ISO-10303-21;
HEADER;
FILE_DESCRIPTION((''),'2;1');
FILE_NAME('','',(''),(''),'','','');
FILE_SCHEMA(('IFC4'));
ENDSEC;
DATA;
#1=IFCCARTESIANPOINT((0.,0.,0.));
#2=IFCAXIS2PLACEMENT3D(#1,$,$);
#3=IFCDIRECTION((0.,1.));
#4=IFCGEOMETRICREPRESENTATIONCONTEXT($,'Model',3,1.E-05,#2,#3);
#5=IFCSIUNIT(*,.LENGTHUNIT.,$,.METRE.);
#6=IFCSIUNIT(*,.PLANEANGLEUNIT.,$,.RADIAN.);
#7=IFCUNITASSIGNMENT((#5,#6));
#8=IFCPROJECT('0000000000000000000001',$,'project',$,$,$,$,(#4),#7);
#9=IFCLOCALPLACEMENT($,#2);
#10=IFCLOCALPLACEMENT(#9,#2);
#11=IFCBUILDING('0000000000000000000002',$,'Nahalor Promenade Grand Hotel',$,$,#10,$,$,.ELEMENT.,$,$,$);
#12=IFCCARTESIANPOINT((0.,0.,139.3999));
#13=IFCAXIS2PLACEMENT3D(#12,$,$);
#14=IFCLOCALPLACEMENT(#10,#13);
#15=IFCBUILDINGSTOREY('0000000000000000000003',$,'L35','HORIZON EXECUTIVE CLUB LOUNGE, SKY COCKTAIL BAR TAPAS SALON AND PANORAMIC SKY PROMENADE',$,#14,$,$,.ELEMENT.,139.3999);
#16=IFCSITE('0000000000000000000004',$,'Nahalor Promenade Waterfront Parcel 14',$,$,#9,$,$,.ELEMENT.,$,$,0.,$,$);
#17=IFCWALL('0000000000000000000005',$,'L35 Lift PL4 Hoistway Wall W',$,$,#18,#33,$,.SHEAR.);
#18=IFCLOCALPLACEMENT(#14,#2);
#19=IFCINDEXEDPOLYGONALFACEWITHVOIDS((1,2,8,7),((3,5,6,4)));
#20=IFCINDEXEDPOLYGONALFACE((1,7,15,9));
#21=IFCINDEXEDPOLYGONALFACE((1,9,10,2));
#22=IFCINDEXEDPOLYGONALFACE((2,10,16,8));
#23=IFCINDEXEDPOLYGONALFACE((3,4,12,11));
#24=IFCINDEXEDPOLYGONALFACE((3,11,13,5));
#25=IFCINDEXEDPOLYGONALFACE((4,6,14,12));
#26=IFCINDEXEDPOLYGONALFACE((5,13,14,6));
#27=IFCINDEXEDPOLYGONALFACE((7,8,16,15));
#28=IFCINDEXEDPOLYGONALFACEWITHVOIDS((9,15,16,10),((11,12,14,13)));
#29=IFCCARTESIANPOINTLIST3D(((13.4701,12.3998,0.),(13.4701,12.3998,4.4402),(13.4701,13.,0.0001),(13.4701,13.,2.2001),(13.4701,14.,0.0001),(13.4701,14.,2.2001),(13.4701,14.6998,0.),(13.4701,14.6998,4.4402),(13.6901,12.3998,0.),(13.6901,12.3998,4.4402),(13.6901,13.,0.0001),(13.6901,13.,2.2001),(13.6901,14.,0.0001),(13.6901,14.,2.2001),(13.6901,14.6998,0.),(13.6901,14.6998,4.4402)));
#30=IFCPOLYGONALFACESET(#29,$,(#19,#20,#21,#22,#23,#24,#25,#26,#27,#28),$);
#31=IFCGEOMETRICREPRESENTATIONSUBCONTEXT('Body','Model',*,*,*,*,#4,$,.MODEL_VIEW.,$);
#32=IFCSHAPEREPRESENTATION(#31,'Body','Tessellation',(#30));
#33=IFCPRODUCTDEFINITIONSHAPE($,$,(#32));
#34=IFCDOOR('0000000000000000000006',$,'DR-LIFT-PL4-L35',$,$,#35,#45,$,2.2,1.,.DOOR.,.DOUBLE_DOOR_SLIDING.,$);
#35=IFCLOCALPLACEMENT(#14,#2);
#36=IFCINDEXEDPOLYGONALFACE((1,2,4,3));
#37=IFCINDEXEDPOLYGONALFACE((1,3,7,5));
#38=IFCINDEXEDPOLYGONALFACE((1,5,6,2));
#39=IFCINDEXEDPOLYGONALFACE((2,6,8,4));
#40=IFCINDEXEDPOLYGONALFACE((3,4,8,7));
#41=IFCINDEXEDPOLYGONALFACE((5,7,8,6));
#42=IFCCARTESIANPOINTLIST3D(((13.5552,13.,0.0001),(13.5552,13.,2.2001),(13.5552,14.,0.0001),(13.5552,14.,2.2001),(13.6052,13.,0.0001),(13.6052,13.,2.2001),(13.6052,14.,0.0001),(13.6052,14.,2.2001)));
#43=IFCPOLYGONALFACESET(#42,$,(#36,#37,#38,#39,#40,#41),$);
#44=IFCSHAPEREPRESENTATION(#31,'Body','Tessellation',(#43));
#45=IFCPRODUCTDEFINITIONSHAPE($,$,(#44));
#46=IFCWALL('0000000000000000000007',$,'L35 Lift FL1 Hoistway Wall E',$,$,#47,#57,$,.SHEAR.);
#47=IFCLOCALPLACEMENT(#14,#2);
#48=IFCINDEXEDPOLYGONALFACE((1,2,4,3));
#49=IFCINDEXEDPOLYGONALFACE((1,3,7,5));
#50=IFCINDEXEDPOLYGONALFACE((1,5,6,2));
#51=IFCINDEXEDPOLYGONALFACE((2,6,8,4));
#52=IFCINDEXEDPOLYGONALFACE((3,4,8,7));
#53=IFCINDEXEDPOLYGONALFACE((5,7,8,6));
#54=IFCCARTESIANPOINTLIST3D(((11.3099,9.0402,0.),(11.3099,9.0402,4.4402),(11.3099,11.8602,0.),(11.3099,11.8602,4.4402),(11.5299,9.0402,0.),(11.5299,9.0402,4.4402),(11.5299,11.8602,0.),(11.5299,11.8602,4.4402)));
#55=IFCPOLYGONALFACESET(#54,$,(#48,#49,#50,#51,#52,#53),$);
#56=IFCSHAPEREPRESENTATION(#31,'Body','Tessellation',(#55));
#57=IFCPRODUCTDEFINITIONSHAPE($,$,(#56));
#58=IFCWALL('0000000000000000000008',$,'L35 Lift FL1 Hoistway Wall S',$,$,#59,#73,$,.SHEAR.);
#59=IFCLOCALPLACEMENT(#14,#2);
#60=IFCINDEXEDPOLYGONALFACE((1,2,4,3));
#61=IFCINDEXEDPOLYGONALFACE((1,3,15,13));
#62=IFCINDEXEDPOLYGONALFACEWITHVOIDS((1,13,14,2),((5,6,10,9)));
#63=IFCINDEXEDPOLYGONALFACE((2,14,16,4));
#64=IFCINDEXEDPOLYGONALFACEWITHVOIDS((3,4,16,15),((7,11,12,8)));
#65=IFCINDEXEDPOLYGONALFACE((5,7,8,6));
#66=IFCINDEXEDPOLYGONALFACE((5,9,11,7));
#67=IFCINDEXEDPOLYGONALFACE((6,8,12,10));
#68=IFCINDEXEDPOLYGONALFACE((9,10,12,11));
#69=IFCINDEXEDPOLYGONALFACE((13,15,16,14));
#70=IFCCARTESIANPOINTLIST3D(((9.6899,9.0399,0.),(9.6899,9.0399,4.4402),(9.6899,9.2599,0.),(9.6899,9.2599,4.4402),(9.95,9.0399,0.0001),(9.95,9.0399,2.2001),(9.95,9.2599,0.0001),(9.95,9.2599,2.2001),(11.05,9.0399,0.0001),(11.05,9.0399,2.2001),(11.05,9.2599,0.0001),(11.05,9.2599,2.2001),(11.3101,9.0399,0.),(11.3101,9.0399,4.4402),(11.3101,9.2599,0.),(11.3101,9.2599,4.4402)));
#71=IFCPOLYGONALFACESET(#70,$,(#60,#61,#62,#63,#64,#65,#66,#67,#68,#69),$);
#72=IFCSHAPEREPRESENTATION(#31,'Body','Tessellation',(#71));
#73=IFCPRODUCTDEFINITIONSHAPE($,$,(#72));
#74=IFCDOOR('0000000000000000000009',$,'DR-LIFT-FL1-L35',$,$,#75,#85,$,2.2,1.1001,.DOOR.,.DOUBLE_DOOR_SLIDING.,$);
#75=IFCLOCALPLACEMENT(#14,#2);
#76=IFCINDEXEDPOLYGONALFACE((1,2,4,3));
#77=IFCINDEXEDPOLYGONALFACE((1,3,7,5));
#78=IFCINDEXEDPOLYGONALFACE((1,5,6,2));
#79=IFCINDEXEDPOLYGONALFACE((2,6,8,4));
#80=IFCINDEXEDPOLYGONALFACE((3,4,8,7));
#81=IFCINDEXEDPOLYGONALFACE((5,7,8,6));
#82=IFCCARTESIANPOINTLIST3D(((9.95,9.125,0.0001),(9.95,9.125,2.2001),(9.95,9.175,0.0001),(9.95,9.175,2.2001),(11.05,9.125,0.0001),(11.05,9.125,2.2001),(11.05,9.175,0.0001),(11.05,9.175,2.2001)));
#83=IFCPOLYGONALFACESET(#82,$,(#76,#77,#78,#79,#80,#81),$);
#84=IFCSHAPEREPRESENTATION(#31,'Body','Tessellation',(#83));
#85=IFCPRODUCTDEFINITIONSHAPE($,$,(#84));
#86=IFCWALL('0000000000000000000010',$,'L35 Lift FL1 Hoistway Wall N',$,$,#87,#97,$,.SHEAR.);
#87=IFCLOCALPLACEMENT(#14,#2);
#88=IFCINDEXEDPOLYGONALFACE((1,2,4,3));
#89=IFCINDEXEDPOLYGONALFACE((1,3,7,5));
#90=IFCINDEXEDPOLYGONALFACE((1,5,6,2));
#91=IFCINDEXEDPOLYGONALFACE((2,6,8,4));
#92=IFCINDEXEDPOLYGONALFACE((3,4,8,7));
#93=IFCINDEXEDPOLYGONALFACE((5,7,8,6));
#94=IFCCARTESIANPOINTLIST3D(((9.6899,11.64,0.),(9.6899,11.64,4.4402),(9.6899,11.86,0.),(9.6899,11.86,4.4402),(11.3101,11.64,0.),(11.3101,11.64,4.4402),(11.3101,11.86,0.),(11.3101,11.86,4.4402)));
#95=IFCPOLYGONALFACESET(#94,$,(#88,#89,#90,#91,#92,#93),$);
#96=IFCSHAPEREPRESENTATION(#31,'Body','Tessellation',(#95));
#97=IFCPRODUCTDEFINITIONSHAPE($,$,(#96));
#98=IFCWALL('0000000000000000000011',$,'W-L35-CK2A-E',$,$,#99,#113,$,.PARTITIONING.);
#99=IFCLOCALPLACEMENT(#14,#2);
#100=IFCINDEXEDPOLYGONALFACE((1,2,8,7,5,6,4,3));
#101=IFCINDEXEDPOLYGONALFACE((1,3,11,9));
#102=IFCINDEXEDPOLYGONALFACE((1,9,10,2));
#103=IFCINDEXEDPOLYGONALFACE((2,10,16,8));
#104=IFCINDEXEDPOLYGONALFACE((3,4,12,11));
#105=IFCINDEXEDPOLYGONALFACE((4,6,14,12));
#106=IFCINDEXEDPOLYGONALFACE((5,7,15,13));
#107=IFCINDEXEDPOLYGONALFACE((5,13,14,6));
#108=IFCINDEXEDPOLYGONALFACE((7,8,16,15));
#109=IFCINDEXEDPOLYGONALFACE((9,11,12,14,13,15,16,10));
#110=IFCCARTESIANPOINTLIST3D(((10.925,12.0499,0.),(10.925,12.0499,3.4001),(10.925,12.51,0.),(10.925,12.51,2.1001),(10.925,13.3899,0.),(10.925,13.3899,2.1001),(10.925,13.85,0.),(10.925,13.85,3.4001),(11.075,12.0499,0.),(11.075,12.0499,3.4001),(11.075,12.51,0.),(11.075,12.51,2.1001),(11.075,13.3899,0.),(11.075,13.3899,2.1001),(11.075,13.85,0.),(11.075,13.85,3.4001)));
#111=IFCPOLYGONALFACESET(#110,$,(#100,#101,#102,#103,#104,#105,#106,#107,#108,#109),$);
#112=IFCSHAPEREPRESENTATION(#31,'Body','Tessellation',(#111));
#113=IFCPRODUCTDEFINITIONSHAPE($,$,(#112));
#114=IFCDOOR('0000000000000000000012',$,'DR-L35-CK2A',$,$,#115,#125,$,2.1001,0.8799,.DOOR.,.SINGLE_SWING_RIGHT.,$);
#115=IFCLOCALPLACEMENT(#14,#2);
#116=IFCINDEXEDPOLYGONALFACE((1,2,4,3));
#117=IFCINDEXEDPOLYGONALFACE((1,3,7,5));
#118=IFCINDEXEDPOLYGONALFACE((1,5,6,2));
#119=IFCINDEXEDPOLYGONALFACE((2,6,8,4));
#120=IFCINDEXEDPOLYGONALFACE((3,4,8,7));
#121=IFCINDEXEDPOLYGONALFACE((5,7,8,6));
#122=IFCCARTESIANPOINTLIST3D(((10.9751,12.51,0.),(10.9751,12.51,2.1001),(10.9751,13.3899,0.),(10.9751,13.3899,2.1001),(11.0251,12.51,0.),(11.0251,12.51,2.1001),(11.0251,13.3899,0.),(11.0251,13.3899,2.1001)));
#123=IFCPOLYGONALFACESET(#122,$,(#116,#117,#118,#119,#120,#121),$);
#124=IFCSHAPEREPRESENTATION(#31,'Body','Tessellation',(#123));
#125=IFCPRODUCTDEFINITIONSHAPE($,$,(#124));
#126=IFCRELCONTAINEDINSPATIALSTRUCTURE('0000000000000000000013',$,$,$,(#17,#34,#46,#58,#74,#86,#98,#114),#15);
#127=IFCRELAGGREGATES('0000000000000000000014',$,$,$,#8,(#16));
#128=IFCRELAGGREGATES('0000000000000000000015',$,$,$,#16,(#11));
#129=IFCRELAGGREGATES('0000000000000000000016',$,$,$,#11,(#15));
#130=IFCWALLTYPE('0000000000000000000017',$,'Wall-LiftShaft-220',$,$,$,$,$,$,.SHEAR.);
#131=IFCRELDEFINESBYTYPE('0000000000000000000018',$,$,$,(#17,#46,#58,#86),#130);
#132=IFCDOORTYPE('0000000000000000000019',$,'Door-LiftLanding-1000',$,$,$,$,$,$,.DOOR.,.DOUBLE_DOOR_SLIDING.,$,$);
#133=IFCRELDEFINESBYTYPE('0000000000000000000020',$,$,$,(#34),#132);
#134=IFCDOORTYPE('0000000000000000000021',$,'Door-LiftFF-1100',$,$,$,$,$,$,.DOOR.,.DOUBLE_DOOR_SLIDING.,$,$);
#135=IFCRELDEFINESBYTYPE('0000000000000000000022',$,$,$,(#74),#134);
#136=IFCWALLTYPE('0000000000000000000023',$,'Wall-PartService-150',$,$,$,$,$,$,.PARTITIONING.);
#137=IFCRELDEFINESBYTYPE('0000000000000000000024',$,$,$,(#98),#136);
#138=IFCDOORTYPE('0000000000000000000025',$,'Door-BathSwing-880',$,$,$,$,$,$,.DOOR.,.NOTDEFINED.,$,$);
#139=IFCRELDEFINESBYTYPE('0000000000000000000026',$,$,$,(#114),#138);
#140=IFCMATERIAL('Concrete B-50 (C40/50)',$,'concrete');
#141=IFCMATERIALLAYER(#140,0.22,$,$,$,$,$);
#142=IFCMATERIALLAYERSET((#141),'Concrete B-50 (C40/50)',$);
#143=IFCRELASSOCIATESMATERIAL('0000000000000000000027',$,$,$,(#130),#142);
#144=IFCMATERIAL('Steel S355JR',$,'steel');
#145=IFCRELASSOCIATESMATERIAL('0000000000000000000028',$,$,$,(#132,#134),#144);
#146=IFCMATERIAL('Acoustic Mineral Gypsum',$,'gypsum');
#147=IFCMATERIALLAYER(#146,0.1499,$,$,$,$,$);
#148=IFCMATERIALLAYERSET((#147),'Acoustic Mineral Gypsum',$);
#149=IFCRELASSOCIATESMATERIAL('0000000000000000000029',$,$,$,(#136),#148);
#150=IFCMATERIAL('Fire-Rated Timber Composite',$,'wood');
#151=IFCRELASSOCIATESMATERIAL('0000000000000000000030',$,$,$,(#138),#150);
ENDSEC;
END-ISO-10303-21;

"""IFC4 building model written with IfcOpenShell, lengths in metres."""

from ifc_helpers import new_model, si_unit, direction, frame, frame_2d, origin, place, context, subcontext, project, spatial, rectangle, extrude, source, transform, mapped, material, layer, layer_set, type_object, element, fill, save


model = new_model("IFC4")

# Units and contexts
model_context = context("Model", 3, precision=1e-05, world=origin(), true_north=direction((0.0, 1.0)))
body_context = subcontext(model_context, "Body", "Model", "MODEL_VIEW")
ifc_project = project(units=[si_unit("LENGTHUNIT", "METRE"), si_unit("PLANEANGLEUNIT", "RADIAN")], contexts=[model_context])

# Site, building, storey
site_placement = place(None, origin())
site = spatial("IfcSite", under=ifc_project, at=site_placement, Name="Nahalor Promenade Waterfront Parcel 14", CompositionType="ELEMENT", RefElevation=0.0)
building_placement = place(site_placement, origin())
building = spatial("IfcBuilding", under=site, at=building_placement, Name="Nahalor Promenade Grand Hotel", CompositionType="ELEMENT")
storey_placement = place(building_placement, frame((0.0, 0.0, 139.3999)))
storey = spatial("IfcBuildingStorey", under=building, at=storey_placement, Name="L35", Description="HORIZON EXECUTIVE CLUB LOUNGE, SKY COCKTAIL BAR TAPAS SALON AND PANORAMIC SKY PROMENADE", CompositionType="ELEMENT", Elevation=139.3999)

# Shared definitions
ifc_material_1 = material(Name="Concrete B-50 (C40/50)", Category="concrete")
ifc_layer_1 = layer(ifc_material_1, 0.22)
ifc_layer_set_1 = layer_set([ifc_layer_1], Name="Concrete B-50 (C40/50)")
wall_type_1 = type_object("IfcWallType", Name="Wall-LiftShaft-220", PredefinedType="SHEAR", material=ifc_layer_set_1)

# Shared definitions
ifc_material_2 = material(Name="Steel S355JR", Category="steel")
door_type_1 = type_object("IfcDoorType", Name="Door-LiftLanding-1000", OperationType="DOUBLE_DOOR_SLIDING", PredefinedType="DOOR", material=ifc_material_2)
shared_shape_1 = source(origin(), body_context, "Body", "SweptSolid", [
    extrude(rectangle(XDim=1.0, YDim=2.2, at=frame_2d((0.5, 1.1001))), frame((0.0, 0.0249, 0.0), z_axis=(0.0, -1.0, 0.0), x_axis=(1.0, 0.0, 0.0)), (0.0, 0.0, 1.0), 0.05),
])

# Wall, opening, door
shared_shape_2 = source(origin(), body_context, "Body", "SweptSolid", [
    extrude(rectangle(XDim=2.3, YDim=0.22, at=frame_2d((1.1499, 0.0))), origin(), (0.0, 0.0, 1.0), 4.4402),
])
wall_1_placement = place(storey_placement, frame((13.5801, 12.3999, 0.0), z_axis=(0.0, 0.0, 1.0), x_axis=(0.0, 1.0, 0.0)))
wall_1 = element("IfcWall", 1, at=wall_1_placement, inside=storey, type_object=wall_type_1, Name="L35 Lift PL4 Hoistway Wall W", PredefinedType="SHEAR", context=body_context, shape_type="MappedRepresentation", body=[
    mapped(shared_shape_2, transform((0.0, 0.0, 0.0), scale=1.0)),
])
opening_1_placement = place(wall_1_placement, frame((0.6001, 0.0, 0.0)))
opening_1 = element("IfcOpeningElement", 2, at=opening_1_placement, cuts=wall_1, PredefinedType="OPENING", context=body_context, shape_type="SweptSolid", body=[
    extrude(rectangle(XDim=1.0, YDim=2.2, at=frame_2d((0.5, 1.1001))), frame((0.0, 0.1199, 0.0), z_axis=(0.0, -1.0, 0.0), x_axis=(1.0, 0.0, 0.0)), (0.0, 0.0, 1.0), 0.24),
])
door_1_placement = place(opening_1_placement, origin())
door_1 = element("IfcDoor", 3, at=door_1_placement, inside=storey, type_object=door_type_1, Name="DR-LIFT-PL4-L35", OperationType="DOUBLE_DOOR_SLIDING", OverallHeight=2.2, OverallWidth=1.0, PredefinedType="DOOR", context=body_context, shape_type="MappedRepresentation", body=[
    mapped(shared_shape_1, transform((0.0, 0.0, 0.0), scale=1.0)),
])
fill(opening_1, door_1)

# Wall
shared_shape_3 = source(origin(), body_context, "Body", "SweptSolid", [
    extrude(rectangle(XDim=2.8201, YDim=0.22, at=frame_2d((1.4102, 0.0))), origin(), (0.0, 0.0, 1.0), 4.4402),
])
wall_2_placement = place(storey_placement, frame((11.4199, 9.04, 0.0), z_axis=(0.0, 0.0, 1.0), x_axis=(0.0, 1.0, 0.0)))
element("IfcWall", 4, at=wall_2_placement, inside=storey, type_object=wall_type_1, Name="L35 Lift FL1 Hoistway Wall E", PredefinedType="SHEAR", context=body_context, shape_type="MappedRepresentation", body=[
    mapped(shared_shape_3, transform((0.0, 0.0, 0.0), scale=1.0)),
])

# Wall, opening, door
shared_shape_4 = source(origin(), body_context, "Body", "SweptSolid", [
    extrude(rectangle(XDim=1.6201, YDim=0.22, at=frame_2d((0.8101, 0.0))), origin(), (0.0, 0.0, 1.0), 4.4402),
])
wall_3_placement = place(storey_placement, frame((9.6899, 9.1499, 0.0), z_axis=(0.0, 0.0, 1.0), x_axis=(1.0, 0.0, 0.0)))
wall_3 = element("IfcWall", 5, at=wall_3_placement, inside=storey, type_object=wall_type_1, Name="L35 Lift FL1 Hoistway Wall S", PredefinedType="SHEAR", context=body_context, shape_type="MappedRepresentation", body=[
    mapped(shared_shape_4, transform((0.0, 0.0, 0.0), scale=1.0)),
])
opening_2_placement = place(wall_3_placement, frame((0.26, 0.0, 0.0)))
opening_2 = element("IfcOpeningElement", 6, at=opening_2_placement, cuts=wall_3, PredefinedType="OPENING", context=body_context, shape_type="SweptSolid", body=[
    extrude(rectangle(XDim=1.1001, YDim=2.2, at=frame_2d((0.55, 1.1001))), frame((0.0, 0.1199, 0.0), z_axis=(0.0, -1.0, 0.0), x_axis=(1.0, 0.0, 0.0)), (0.0, 0.0, 1.0), 0.24),
])
door_type_2 = type_object("IfcDoorType", Name="Door-LiftFF-1100", OperationType="DOUBLE_DOOR_SLIDING", PredefinedType="DOOR", material=ifc_material_2)
shared_shape_5 = source(origin(), body_context, "Body", "SweptSolid", [
    extrude(rectangle(XDim=1.1001, YDim=2.2, at=frame_2d((0.55, 1.1001))), frame((0.0, 0.0249, 0.0), z_axis=(0.0, -1.0, 0.0), x_axis=(1.0, 0.0, 0.0)), (0.0, 0.0, 1.0), 0.05),
])
door_2_placement = place(opening_2_placement, frame((1.1001, 0.0, 0.0), z_axis=(0.0, 0.0, 1.0), x_axis=(-1.0, 0.0, 0.0)))
door_2 = element("IfcDoor", 7, at=door_2_placement, inside=storey, type_object=door_type_2, Name="DR-LIFT-FL1-L35", OperationType="DOUBLE_DOOR_SLIDING", OverallHeight=2.2, OverallWidth=1.1001, PredefinedType="DOOR", context=body_context, shape_type="MappedRepresentation", body=[
    mapped(shared_shape_5, transform((0.0, 0.0, 0.0), scale=1.0)),
])
fill(opening_2, door_2)

# Wall
wall_4_placement = place(storey_placement, frame((9.6899, 11.75, 0.0), z_axis=(0.0, 0.0, 1.0), x_axis=(1.0, 0.0, 0.0)))
element("IfcWall", 8, at=wall_4_placement, inside=storey, type_object=wall_type_1, Name="L35 Lift FL1 Hoistway Wall N", PredefinedType="SHEAR", context=body_context, shape_type="MappedRepresentation", body=[
    mapped(shared_shape_4, transform((0.0, 0.0, 0.0), scale=1.0)),
])

# Wall, opening, door
ifc_material_3 = material(Name="Acoustic Mineral Gypsum", Category="gypsum")
ifc_layer_2 = layer(ifc_material_3, 0.1499)
ifc_layer_set_2 = layer_set([ifc_layer_2], Name="Acoustic Mineral Gypsum")
wall_type_2 = type_object("IfcWallType", Name="Wall-PartService-150", PredefinedType="PARTITIONING", material=ifc_layer_set_2)
shared_shape_6 = source(origin(), body_context, "Body", "SweptSolid", [
    extrude(rectangle(XDim=1.8, YDim=0.1499, at=frame_2d((0.8999, 0.0))), origin(), (0.0, 0.0, 1.0), 3.4001),
])
wall_5_placement = place(storey_placement, frame((11.0, 12.05, 0.0), z_axis=(0.0, 0.0, 1.0), x_axis=(0.0, 1.0, 0.0)))
wall_5 = element("IfcWall", 9, at=wall_5_placement, inside=storey, type_object=wall_type_2, Name="W-L35-CK2A-E", PredefinedType="PARTITIONING", context=body_context, shape_type="MappedRepresentation", body=[
    mapped(shared_shape_6, transform((0.0, 0.0, 0.0), scale=1.0)),
])
opening_3_placement = place(wall_5_placement, frame((0.46, 0.0, 0.0)))
opening_3 = element("IfcOpeningElement", 10, at=opening_3_placement, cuts=wall_5, PredefinedType="OPENING", context=body_context, shape_type="SweptSolid", body=[
    extrude(rectangle(XDim=0.8799, YDim=2.1001, at=frame_2d((0.4399, 1.05))), frame((0.0, 0.085, 0.0), z_axis=(0.0, -1.0, 0.0), x_axis=(1.0, 0.0, 0.0)), (0.0, 0.0, 1.0), 0.1699),
])
ifc_material_4 = material(Name="Fire-Rated Timber Composite", Category="wood")
door_type_3 = type_object("IfcDoorType", Name="Door-BathSwing-880", OperationType="NOTDEFINED", PredefinedType="DOOR", material=ifc_material_4)
shared_shape_7 = source(origin(), body_context, "Body", "SweptSolid", [
    extrude(rectangle(XDim=0.8799, YDim=2.1001, at=frame_2d((0.4399, 1.05))), frame((0.0, 0.0249, 0.0), z_axis=(0.0, -1.0, 0.0), x_axis=(1.0, 0.0, 0.0)), (0.0, 0.0, 1.0), 0.05),
])
door_3_placement = place(opening_3_placement, origin())
door_3 = element("IfcDoor", 11, at=door_3_placement, inside=storey, type_object=door_type_3, Name="DR-L35-CK2A", OperationType="SINGLE_SWING_RIGHT", OverallHeight=2.1001, OverallWidth=0.8799, PredefinedType="DOOR", context=body_context, shape_type="MappedRepresentation", body=[
    mapped(shared_shape_7, transform((0.0, 0.0, 0.0), scale=1.0)),
])
fill(opening_3, door_3)

save(model, "model.ifc")
